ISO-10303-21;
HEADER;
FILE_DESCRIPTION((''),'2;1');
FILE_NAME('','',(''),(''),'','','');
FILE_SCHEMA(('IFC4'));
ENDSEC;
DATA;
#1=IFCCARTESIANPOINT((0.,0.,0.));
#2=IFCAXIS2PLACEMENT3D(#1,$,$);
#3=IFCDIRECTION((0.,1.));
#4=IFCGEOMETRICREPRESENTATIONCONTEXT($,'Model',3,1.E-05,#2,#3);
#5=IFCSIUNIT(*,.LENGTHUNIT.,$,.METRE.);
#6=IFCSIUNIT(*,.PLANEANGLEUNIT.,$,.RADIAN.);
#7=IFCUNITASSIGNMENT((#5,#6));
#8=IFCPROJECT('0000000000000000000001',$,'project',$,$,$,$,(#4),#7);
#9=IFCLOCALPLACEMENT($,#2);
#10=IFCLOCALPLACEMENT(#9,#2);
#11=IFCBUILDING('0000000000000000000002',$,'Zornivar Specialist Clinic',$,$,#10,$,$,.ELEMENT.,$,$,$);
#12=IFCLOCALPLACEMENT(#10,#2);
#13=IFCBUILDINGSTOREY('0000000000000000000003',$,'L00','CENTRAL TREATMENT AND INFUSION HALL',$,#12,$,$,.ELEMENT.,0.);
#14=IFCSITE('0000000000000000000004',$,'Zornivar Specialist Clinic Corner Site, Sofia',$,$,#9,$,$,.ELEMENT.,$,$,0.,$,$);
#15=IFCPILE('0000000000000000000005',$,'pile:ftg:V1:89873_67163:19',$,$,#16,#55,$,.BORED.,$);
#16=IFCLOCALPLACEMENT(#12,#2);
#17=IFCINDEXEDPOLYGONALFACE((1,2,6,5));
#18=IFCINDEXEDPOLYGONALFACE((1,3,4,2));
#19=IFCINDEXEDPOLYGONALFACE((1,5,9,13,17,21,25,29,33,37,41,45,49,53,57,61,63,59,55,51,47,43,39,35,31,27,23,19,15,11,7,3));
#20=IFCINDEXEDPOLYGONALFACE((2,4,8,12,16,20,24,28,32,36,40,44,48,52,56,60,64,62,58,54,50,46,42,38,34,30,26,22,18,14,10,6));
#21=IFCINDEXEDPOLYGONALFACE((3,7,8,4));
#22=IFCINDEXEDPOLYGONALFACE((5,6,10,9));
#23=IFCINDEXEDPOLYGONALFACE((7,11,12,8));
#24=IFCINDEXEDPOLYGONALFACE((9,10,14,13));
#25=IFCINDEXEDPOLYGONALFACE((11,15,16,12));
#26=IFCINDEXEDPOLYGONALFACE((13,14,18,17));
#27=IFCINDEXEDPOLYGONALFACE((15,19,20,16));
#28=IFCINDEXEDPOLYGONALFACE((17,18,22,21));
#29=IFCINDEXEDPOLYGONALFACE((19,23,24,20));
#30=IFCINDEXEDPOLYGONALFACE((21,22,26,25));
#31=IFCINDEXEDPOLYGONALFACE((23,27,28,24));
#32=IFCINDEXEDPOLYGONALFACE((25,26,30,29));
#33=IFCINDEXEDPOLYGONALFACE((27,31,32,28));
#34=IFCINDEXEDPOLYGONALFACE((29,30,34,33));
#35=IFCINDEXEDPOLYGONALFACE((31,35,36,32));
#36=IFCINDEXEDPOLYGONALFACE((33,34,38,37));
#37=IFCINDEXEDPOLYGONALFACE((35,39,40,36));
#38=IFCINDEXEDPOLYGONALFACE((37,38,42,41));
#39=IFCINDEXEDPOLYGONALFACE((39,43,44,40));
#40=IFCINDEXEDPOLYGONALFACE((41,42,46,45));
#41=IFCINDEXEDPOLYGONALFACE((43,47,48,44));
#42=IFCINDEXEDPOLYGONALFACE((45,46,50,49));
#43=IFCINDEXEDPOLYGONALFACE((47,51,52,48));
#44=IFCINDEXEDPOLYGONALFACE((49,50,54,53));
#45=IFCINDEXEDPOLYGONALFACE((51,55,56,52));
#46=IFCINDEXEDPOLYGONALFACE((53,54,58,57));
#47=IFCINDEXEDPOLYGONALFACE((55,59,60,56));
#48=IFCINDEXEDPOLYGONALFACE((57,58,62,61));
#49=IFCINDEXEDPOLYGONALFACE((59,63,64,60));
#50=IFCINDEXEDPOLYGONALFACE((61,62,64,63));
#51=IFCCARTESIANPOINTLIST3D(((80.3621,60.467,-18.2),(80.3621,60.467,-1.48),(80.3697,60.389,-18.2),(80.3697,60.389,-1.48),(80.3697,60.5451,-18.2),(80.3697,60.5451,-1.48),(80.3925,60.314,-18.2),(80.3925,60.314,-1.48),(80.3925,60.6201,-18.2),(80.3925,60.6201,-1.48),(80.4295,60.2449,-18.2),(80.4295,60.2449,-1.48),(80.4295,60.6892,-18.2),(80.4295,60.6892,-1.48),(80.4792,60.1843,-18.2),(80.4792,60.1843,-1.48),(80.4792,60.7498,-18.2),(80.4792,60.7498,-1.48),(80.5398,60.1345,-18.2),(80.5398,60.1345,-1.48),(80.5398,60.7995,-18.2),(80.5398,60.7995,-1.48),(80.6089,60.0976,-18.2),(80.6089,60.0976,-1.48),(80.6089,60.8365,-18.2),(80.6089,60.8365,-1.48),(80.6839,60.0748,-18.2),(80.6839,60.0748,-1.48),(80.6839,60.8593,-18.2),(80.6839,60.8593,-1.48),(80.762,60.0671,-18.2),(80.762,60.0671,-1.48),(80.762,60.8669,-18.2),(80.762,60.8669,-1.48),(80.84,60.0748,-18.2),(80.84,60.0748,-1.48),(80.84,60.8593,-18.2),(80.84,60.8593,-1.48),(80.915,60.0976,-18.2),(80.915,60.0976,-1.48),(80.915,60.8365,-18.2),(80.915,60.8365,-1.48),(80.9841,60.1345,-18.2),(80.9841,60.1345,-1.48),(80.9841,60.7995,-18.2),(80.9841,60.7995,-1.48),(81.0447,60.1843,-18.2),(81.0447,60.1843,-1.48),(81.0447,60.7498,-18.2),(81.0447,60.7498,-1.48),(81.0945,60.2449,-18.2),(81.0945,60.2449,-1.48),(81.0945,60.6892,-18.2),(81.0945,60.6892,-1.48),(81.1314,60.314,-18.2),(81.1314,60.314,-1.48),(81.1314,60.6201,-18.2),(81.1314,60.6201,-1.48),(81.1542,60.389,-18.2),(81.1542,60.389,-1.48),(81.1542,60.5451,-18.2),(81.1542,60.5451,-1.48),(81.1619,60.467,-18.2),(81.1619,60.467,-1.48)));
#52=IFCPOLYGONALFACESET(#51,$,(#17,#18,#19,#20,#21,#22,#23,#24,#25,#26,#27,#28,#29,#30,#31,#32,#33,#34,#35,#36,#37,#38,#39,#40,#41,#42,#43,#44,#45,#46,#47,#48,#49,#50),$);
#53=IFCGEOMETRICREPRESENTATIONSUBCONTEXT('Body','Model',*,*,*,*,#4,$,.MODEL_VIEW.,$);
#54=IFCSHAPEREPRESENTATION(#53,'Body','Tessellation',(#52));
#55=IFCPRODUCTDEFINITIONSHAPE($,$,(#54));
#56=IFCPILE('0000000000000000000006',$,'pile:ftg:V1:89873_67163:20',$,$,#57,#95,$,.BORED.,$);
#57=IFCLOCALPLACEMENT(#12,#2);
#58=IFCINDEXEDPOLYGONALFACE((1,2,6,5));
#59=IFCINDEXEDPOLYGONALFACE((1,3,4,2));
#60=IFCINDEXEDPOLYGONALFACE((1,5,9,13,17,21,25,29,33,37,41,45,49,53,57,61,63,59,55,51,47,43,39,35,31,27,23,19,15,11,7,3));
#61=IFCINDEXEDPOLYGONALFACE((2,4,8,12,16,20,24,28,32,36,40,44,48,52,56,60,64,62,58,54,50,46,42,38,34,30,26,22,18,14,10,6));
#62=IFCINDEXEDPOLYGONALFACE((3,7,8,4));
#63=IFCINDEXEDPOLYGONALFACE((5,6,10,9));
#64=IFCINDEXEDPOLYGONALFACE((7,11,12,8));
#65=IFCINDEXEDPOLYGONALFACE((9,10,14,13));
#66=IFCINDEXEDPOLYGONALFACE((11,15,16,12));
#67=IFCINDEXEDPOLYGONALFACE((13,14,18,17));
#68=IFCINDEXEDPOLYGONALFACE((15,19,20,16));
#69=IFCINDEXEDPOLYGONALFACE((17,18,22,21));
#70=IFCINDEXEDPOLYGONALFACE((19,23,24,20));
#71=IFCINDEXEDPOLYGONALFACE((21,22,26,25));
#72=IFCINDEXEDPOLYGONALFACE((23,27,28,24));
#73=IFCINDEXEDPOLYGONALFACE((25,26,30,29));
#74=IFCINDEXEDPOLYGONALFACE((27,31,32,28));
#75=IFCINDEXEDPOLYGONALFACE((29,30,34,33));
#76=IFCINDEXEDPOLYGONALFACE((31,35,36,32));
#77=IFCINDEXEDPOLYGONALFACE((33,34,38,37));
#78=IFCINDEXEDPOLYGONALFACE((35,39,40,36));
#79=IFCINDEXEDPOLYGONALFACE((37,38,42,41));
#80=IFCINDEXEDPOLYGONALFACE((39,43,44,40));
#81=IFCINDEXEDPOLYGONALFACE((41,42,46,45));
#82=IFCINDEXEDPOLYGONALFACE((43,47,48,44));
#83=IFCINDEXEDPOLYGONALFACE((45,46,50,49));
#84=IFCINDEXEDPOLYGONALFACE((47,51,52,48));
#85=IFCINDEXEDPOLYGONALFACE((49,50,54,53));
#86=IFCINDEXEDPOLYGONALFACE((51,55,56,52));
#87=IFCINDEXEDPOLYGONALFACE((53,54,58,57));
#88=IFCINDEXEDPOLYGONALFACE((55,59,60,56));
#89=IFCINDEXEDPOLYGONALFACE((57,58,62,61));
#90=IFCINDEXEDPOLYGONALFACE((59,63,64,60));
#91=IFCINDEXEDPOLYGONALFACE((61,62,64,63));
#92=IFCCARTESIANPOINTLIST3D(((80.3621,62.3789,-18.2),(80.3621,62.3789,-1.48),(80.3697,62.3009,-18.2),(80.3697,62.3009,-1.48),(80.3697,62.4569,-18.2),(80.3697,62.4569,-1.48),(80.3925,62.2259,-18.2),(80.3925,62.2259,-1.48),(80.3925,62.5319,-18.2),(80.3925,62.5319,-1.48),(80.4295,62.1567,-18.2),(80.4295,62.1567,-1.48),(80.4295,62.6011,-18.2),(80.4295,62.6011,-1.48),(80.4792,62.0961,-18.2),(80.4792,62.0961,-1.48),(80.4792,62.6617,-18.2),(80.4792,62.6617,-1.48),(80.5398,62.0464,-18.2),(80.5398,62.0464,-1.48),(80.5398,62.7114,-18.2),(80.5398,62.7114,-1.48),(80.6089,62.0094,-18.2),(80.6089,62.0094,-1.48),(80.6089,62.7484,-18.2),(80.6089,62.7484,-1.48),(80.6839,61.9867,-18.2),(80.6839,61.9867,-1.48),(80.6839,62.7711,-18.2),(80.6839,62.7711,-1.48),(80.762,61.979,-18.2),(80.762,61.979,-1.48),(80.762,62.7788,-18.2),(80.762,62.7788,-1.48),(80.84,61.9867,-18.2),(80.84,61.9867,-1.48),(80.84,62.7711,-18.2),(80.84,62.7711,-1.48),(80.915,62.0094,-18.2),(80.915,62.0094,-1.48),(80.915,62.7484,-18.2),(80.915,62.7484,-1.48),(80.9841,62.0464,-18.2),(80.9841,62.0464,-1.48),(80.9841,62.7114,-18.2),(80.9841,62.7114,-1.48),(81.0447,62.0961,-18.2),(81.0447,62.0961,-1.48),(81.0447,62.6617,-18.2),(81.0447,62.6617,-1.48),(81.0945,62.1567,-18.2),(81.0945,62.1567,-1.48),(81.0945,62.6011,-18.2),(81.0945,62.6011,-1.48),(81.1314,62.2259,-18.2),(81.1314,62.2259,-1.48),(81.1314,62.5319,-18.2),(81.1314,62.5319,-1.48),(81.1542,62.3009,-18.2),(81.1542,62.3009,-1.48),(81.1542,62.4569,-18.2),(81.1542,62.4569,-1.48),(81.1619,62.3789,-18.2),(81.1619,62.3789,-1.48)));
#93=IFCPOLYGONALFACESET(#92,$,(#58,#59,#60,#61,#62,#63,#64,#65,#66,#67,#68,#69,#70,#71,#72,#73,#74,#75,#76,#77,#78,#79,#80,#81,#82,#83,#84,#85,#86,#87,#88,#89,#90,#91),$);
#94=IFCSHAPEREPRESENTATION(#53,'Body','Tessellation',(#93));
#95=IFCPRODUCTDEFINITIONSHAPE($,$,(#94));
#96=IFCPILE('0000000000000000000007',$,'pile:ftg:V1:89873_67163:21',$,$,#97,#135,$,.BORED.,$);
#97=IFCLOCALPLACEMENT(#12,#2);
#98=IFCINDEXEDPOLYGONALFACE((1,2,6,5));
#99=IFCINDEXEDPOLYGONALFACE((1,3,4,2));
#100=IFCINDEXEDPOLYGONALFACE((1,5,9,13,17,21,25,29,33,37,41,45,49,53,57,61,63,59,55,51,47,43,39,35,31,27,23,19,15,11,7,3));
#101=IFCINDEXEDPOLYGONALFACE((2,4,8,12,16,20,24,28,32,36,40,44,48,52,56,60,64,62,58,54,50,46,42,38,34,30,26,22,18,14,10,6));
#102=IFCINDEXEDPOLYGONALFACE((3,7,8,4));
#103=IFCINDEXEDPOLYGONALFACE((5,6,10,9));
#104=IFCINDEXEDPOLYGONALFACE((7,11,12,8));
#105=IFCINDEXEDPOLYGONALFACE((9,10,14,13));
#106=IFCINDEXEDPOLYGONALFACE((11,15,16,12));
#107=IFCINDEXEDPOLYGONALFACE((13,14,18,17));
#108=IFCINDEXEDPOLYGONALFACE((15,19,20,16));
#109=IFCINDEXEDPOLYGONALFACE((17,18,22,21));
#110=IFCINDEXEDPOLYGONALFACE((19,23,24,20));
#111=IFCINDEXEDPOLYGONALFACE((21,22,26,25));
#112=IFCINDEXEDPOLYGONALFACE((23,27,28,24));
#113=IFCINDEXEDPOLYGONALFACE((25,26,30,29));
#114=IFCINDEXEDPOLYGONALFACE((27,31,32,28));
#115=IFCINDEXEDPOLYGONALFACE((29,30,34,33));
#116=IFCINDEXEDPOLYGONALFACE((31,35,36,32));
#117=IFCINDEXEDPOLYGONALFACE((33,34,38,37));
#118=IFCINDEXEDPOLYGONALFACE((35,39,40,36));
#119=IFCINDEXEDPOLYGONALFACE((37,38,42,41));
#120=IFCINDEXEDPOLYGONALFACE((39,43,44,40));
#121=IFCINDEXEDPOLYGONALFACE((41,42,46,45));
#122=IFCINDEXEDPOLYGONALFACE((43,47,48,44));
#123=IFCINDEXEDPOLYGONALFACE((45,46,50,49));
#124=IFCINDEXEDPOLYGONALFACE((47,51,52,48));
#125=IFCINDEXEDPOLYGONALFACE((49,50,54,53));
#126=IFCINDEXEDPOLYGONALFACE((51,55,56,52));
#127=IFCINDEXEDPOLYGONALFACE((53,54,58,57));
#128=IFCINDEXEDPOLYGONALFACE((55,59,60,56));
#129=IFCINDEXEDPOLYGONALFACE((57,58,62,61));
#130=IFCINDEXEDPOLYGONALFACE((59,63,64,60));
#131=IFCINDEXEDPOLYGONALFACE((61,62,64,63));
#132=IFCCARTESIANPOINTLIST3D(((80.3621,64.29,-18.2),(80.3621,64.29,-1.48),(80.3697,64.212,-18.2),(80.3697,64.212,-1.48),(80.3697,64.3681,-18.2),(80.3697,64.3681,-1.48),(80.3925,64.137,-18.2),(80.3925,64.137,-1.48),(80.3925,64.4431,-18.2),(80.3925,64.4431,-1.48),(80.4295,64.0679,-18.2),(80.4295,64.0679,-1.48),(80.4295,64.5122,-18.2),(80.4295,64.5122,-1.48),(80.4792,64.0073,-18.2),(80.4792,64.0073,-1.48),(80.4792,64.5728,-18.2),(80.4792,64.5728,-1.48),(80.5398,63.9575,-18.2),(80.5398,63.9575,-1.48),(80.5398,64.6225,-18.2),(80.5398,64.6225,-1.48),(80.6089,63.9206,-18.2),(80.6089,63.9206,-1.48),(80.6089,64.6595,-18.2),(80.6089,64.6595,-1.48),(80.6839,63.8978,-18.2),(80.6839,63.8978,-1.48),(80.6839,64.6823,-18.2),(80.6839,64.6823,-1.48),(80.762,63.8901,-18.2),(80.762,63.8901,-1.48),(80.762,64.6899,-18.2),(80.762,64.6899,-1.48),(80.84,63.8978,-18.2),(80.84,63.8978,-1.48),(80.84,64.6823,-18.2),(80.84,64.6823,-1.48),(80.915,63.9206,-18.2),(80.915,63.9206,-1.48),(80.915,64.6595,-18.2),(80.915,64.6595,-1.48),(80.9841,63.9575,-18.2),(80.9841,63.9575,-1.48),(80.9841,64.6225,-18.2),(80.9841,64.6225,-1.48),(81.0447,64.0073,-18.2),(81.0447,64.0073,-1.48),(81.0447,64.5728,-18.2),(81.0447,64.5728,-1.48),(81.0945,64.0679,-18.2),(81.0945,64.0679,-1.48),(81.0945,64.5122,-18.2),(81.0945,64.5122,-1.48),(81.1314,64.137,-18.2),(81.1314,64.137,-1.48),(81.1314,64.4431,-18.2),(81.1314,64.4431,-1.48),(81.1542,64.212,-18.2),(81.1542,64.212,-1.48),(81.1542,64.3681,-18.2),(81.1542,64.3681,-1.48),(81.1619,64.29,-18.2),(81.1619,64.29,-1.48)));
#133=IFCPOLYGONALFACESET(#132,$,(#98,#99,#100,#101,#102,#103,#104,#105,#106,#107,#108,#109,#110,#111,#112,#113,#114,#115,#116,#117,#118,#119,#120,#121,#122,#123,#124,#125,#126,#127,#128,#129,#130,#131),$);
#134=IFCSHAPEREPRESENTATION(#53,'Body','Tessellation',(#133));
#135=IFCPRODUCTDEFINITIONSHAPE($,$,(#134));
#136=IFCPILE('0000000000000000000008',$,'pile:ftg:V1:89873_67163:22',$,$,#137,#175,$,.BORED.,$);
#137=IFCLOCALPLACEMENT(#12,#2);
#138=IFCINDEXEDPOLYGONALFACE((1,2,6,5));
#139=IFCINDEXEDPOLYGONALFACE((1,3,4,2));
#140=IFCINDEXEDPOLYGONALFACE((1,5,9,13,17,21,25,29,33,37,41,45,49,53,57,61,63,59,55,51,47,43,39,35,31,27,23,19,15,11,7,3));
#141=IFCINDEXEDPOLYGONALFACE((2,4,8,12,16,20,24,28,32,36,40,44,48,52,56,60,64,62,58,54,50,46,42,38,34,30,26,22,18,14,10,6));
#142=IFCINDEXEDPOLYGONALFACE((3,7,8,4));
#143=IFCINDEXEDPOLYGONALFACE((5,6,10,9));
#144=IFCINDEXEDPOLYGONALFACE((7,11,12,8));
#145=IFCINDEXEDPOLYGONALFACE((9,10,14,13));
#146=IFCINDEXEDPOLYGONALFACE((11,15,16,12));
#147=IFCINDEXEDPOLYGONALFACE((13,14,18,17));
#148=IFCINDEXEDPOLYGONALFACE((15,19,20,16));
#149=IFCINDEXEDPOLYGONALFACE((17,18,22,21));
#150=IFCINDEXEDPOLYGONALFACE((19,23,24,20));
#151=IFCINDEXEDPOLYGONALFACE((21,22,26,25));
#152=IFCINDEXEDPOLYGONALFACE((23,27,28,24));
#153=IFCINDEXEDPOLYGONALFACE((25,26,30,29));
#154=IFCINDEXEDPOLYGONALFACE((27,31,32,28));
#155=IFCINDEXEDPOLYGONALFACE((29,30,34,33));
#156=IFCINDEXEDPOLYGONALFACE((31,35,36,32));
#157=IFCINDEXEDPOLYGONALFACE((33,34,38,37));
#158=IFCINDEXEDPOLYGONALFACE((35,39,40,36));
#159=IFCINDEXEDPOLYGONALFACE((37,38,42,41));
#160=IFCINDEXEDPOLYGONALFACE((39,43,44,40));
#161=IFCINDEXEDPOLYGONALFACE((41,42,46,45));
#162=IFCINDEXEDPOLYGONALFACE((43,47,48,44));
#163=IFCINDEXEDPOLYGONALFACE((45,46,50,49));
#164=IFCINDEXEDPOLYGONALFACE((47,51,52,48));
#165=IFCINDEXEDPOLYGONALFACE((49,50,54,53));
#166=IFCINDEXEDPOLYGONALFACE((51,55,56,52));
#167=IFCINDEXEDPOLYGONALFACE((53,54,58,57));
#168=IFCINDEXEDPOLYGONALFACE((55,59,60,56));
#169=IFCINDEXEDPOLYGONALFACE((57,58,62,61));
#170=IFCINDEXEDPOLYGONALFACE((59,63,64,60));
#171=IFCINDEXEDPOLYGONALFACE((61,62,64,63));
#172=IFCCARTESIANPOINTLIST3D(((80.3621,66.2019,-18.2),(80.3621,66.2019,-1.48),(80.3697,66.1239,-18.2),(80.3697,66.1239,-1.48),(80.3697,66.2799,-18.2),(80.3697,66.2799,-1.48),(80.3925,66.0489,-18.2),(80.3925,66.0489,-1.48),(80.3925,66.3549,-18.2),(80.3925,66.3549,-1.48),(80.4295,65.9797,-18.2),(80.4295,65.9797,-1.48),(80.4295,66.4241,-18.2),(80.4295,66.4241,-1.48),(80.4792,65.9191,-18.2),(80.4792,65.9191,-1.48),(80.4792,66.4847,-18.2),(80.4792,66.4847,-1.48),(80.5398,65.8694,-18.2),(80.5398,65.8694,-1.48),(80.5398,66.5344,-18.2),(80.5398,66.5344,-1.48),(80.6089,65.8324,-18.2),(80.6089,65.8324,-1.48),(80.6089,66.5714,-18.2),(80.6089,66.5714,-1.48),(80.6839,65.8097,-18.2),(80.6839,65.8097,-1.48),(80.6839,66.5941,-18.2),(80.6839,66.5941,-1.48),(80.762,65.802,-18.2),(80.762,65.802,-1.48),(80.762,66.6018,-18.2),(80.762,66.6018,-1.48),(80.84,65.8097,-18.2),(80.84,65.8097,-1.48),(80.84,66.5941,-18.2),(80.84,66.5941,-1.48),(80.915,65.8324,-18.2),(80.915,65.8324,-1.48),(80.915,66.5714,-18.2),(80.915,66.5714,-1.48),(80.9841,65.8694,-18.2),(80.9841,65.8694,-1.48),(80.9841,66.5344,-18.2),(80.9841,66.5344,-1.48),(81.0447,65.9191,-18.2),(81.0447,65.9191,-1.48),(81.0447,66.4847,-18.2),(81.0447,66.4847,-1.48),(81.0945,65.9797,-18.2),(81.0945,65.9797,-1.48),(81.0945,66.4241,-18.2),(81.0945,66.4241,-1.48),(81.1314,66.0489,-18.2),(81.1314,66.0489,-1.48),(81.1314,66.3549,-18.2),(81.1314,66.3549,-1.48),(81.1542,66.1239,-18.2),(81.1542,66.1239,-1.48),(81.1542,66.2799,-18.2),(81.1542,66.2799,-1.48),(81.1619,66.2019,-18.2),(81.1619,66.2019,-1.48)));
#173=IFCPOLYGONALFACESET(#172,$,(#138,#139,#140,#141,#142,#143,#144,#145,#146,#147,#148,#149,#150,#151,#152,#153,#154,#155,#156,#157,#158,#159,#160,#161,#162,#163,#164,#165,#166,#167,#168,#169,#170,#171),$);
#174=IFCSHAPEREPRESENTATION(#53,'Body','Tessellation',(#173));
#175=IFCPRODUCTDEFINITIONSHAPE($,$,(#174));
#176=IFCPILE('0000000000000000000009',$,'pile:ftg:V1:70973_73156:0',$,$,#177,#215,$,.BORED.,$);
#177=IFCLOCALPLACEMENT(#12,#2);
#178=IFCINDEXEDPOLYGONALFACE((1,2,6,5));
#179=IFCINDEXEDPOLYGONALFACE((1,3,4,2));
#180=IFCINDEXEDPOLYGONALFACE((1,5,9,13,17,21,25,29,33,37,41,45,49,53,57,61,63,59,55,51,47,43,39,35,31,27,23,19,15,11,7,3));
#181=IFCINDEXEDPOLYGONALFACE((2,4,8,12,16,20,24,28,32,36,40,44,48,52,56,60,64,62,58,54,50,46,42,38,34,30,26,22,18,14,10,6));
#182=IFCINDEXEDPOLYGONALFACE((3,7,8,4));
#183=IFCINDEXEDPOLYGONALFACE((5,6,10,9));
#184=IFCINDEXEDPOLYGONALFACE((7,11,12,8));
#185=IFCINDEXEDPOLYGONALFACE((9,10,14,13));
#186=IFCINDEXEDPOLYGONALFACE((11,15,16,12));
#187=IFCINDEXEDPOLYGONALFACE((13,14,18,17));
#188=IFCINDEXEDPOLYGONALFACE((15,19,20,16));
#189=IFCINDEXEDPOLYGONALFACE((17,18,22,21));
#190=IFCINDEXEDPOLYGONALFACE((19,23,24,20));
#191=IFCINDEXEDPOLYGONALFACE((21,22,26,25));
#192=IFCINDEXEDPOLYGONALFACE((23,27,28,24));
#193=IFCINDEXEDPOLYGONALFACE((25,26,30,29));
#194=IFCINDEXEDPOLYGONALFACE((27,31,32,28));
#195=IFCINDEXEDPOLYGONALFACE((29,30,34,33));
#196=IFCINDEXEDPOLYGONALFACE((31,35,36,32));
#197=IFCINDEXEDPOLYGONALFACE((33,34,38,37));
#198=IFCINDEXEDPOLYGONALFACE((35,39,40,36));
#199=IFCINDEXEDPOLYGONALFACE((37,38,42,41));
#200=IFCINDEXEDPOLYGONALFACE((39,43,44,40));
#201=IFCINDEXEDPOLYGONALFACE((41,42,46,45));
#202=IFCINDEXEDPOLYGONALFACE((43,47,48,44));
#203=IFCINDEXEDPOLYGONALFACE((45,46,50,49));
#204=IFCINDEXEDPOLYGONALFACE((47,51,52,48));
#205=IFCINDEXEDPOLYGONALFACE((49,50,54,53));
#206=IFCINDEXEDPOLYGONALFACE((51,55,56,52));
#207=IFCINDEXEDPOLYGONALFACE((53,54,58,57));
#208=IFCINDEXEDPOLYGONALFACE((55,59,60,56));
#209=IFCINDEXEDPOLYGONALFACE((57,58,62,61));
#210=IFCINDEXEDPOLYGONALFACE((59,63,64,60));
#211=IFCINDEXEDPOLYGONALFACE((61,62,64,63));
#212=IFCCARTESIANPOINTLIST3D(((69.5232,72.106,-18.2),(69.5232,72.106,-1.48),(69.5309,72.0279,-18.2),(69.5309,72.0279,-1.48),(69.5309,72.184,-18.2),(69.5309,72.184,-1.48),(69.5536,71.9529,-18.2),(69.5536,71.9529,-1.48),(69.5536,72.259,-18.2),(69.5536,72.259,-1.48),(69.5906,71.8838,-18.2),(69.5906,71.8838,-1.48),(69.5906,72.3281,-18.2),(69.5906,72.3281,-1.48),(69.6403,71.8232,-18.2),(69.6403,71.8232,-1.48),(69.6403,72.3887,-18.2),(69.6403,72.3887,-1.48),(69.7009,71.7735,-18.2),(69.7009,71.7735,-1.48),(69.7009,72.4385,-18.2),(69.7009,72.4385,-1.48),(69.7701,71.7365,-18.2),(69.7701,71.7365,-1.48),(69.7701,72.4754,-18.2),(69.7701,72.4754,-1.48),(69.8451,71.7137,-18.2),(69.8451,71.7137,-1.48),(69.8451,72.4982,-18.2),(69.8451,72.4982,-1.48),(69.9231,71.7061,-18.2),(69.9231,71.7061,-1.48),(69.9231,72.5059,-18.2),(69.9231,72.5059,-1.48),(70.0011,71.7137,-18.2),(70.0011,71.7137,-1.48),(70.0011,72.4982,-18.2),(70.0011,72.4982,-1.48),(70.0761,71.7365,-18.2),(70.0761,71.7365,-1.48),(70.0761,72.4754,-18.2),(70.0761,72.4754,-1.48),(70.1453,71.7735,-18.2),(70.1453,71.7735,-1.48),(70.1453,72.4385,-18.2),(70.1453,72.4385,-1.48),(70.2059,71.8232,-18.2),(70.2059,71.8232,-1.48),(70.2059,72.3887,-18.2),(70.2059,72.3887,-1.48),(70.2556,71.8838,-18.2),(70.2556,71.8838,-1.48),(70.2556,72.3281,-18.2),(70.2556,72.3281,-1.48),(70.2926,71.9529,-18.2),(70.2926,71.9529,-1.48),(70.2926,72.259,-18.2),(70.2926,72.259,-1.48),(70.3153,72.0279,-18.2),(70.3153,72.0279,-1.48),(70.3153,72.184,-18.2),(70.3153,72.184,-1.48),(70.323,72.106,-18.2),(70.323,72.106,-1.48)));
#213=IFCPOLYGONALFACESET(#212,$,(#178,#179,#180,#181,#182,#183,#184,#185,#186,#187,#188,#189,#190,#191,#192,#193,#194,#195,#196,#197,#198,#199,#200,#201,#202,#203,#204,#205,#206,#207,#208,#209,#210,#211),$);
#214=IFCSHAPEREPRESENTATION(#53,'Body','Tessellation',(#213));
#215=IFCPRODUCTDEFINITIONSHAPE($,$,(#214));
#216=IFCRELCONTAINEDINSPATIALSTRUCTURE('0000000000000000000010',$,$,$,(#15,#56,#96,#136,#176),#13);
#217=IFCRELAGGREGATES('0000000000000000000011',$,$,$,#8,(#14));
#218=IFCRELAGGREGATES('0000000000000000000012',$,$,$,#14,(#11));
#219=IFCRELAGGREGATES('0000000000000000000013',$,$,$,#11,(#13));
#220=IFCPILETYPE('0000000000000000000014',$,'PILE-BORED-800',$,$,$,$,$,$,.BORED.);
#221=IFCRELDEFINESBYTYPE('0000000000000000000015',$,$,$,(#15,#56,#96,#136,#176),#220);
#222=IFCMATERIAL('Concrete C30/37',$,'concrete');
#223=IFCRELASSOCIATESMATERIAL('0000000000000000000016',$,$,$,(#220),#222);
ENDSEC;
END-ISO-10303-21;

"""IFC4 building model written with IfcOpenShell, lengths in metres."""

from ifc_helpers import new_model, si_unit, direction, frame, origin, origin_2d, place, context, subcontext, project, spatial, circle, extrude, material, material_profile, profile_set, type_object, element, save


model = new_model("IFC4")

# Units and contexts
model_context = context("Model", 3, precision=1e-05, world=origin(), true_north=direction((0.0, 1.0)))
body_context = subcontext(model_context, "Body", "Model", "MODEL_VIEW")
ifc_project = project(units=[si_unit("LENGTHUNIT", "METRE"), si_unit("PLANEANGLEUNIT", "RADIAN")], contexts=[model_context])

# Site, building, storey
site_placement = place(None, origin())
site = spatial("IfcSite", under=ifc_project, at=site_placement, Name="Zornivar Specialist Clinic Corner Site, Sofia", CompositionType="ELEMENT", RefElevation=0.0)
building_placement = place(site_placement, origin())
building = spatial("IfcBuilding", under=site, at=building_placement, Name="Zornivar Specialist Clinic", CompositionType="ELEMENT")
storey_placement = place(building_placement, origin())
storey = spatial("IfcBuildingStorey", under=building, at=storey_placement, Name="L00", Description="CENTRAL TREATMENT AND INFUSION HALL", CompositionType="ELEMENT", Elevation=0.0)

# Piles
ifc_material_1 = material(Name="Concrete C30/37", Category="concrete")
ifc_material_profile_1 = material_profile(ifc_material_1, circle(Radius=0.3999, at=origin_2d()), Name="PILE D800")
ifc_profile_set_1 = profile_set([ifc_material_profile_1], Name="Concrete C30/37")
pile_type = type_object("IfcPileType", Name="PILE-BORED-800", PredefinedType="BORED", material=ifc_profile_set_1)
for number, where, z_axis, x_axis, name in (
    (1, (80.762, 60.467, -1.48), (0.0, 0.0, -1.0), (1.0, 0.0, 0.0), "pile:ftg:V1:89873_67163:19"),
    (2, (80.762, 62.3789, -1.48), (0.0, 0.0, -1.0), (1.0, 0.0, 0.0), "pile:ftg:V1:89873_67163:20"),
    (3, (80.762, 64.29, -1.48), (0.0, 0.0, -1.0), (1.0, 0.0, 0.0), "pile:ftg:V1:89873_67163:21"),
    (4, (80.762, 66.2019, -1.48), (0.0, 0.0, -1.0), (1.0, 0.0, 0.0), "pile:ftg:V1:89873_67163:22"),
    (5, (69.9231, 72.106, -1.48), (0.0, 0.0, -1.0), (1.0, 0.0, 0.0), "pile:ftg:V1:70973_73156:0"),
):
    element("IfcPile", number, at=place(storey_placement, frame(where, z_axis=z_axis, x_axis=x_axis)), inside=storey, type_object=pile_type, Name=name, PredefinedType="BORED", context=body_context, shape_type="SweptSolid", body=[
        extrude(circle(Radius=0.3999, at=origin_2d()), origin(), (0.0, 0.0, 1.0), 16.72),
    ])

save(model, "model.ifc")
